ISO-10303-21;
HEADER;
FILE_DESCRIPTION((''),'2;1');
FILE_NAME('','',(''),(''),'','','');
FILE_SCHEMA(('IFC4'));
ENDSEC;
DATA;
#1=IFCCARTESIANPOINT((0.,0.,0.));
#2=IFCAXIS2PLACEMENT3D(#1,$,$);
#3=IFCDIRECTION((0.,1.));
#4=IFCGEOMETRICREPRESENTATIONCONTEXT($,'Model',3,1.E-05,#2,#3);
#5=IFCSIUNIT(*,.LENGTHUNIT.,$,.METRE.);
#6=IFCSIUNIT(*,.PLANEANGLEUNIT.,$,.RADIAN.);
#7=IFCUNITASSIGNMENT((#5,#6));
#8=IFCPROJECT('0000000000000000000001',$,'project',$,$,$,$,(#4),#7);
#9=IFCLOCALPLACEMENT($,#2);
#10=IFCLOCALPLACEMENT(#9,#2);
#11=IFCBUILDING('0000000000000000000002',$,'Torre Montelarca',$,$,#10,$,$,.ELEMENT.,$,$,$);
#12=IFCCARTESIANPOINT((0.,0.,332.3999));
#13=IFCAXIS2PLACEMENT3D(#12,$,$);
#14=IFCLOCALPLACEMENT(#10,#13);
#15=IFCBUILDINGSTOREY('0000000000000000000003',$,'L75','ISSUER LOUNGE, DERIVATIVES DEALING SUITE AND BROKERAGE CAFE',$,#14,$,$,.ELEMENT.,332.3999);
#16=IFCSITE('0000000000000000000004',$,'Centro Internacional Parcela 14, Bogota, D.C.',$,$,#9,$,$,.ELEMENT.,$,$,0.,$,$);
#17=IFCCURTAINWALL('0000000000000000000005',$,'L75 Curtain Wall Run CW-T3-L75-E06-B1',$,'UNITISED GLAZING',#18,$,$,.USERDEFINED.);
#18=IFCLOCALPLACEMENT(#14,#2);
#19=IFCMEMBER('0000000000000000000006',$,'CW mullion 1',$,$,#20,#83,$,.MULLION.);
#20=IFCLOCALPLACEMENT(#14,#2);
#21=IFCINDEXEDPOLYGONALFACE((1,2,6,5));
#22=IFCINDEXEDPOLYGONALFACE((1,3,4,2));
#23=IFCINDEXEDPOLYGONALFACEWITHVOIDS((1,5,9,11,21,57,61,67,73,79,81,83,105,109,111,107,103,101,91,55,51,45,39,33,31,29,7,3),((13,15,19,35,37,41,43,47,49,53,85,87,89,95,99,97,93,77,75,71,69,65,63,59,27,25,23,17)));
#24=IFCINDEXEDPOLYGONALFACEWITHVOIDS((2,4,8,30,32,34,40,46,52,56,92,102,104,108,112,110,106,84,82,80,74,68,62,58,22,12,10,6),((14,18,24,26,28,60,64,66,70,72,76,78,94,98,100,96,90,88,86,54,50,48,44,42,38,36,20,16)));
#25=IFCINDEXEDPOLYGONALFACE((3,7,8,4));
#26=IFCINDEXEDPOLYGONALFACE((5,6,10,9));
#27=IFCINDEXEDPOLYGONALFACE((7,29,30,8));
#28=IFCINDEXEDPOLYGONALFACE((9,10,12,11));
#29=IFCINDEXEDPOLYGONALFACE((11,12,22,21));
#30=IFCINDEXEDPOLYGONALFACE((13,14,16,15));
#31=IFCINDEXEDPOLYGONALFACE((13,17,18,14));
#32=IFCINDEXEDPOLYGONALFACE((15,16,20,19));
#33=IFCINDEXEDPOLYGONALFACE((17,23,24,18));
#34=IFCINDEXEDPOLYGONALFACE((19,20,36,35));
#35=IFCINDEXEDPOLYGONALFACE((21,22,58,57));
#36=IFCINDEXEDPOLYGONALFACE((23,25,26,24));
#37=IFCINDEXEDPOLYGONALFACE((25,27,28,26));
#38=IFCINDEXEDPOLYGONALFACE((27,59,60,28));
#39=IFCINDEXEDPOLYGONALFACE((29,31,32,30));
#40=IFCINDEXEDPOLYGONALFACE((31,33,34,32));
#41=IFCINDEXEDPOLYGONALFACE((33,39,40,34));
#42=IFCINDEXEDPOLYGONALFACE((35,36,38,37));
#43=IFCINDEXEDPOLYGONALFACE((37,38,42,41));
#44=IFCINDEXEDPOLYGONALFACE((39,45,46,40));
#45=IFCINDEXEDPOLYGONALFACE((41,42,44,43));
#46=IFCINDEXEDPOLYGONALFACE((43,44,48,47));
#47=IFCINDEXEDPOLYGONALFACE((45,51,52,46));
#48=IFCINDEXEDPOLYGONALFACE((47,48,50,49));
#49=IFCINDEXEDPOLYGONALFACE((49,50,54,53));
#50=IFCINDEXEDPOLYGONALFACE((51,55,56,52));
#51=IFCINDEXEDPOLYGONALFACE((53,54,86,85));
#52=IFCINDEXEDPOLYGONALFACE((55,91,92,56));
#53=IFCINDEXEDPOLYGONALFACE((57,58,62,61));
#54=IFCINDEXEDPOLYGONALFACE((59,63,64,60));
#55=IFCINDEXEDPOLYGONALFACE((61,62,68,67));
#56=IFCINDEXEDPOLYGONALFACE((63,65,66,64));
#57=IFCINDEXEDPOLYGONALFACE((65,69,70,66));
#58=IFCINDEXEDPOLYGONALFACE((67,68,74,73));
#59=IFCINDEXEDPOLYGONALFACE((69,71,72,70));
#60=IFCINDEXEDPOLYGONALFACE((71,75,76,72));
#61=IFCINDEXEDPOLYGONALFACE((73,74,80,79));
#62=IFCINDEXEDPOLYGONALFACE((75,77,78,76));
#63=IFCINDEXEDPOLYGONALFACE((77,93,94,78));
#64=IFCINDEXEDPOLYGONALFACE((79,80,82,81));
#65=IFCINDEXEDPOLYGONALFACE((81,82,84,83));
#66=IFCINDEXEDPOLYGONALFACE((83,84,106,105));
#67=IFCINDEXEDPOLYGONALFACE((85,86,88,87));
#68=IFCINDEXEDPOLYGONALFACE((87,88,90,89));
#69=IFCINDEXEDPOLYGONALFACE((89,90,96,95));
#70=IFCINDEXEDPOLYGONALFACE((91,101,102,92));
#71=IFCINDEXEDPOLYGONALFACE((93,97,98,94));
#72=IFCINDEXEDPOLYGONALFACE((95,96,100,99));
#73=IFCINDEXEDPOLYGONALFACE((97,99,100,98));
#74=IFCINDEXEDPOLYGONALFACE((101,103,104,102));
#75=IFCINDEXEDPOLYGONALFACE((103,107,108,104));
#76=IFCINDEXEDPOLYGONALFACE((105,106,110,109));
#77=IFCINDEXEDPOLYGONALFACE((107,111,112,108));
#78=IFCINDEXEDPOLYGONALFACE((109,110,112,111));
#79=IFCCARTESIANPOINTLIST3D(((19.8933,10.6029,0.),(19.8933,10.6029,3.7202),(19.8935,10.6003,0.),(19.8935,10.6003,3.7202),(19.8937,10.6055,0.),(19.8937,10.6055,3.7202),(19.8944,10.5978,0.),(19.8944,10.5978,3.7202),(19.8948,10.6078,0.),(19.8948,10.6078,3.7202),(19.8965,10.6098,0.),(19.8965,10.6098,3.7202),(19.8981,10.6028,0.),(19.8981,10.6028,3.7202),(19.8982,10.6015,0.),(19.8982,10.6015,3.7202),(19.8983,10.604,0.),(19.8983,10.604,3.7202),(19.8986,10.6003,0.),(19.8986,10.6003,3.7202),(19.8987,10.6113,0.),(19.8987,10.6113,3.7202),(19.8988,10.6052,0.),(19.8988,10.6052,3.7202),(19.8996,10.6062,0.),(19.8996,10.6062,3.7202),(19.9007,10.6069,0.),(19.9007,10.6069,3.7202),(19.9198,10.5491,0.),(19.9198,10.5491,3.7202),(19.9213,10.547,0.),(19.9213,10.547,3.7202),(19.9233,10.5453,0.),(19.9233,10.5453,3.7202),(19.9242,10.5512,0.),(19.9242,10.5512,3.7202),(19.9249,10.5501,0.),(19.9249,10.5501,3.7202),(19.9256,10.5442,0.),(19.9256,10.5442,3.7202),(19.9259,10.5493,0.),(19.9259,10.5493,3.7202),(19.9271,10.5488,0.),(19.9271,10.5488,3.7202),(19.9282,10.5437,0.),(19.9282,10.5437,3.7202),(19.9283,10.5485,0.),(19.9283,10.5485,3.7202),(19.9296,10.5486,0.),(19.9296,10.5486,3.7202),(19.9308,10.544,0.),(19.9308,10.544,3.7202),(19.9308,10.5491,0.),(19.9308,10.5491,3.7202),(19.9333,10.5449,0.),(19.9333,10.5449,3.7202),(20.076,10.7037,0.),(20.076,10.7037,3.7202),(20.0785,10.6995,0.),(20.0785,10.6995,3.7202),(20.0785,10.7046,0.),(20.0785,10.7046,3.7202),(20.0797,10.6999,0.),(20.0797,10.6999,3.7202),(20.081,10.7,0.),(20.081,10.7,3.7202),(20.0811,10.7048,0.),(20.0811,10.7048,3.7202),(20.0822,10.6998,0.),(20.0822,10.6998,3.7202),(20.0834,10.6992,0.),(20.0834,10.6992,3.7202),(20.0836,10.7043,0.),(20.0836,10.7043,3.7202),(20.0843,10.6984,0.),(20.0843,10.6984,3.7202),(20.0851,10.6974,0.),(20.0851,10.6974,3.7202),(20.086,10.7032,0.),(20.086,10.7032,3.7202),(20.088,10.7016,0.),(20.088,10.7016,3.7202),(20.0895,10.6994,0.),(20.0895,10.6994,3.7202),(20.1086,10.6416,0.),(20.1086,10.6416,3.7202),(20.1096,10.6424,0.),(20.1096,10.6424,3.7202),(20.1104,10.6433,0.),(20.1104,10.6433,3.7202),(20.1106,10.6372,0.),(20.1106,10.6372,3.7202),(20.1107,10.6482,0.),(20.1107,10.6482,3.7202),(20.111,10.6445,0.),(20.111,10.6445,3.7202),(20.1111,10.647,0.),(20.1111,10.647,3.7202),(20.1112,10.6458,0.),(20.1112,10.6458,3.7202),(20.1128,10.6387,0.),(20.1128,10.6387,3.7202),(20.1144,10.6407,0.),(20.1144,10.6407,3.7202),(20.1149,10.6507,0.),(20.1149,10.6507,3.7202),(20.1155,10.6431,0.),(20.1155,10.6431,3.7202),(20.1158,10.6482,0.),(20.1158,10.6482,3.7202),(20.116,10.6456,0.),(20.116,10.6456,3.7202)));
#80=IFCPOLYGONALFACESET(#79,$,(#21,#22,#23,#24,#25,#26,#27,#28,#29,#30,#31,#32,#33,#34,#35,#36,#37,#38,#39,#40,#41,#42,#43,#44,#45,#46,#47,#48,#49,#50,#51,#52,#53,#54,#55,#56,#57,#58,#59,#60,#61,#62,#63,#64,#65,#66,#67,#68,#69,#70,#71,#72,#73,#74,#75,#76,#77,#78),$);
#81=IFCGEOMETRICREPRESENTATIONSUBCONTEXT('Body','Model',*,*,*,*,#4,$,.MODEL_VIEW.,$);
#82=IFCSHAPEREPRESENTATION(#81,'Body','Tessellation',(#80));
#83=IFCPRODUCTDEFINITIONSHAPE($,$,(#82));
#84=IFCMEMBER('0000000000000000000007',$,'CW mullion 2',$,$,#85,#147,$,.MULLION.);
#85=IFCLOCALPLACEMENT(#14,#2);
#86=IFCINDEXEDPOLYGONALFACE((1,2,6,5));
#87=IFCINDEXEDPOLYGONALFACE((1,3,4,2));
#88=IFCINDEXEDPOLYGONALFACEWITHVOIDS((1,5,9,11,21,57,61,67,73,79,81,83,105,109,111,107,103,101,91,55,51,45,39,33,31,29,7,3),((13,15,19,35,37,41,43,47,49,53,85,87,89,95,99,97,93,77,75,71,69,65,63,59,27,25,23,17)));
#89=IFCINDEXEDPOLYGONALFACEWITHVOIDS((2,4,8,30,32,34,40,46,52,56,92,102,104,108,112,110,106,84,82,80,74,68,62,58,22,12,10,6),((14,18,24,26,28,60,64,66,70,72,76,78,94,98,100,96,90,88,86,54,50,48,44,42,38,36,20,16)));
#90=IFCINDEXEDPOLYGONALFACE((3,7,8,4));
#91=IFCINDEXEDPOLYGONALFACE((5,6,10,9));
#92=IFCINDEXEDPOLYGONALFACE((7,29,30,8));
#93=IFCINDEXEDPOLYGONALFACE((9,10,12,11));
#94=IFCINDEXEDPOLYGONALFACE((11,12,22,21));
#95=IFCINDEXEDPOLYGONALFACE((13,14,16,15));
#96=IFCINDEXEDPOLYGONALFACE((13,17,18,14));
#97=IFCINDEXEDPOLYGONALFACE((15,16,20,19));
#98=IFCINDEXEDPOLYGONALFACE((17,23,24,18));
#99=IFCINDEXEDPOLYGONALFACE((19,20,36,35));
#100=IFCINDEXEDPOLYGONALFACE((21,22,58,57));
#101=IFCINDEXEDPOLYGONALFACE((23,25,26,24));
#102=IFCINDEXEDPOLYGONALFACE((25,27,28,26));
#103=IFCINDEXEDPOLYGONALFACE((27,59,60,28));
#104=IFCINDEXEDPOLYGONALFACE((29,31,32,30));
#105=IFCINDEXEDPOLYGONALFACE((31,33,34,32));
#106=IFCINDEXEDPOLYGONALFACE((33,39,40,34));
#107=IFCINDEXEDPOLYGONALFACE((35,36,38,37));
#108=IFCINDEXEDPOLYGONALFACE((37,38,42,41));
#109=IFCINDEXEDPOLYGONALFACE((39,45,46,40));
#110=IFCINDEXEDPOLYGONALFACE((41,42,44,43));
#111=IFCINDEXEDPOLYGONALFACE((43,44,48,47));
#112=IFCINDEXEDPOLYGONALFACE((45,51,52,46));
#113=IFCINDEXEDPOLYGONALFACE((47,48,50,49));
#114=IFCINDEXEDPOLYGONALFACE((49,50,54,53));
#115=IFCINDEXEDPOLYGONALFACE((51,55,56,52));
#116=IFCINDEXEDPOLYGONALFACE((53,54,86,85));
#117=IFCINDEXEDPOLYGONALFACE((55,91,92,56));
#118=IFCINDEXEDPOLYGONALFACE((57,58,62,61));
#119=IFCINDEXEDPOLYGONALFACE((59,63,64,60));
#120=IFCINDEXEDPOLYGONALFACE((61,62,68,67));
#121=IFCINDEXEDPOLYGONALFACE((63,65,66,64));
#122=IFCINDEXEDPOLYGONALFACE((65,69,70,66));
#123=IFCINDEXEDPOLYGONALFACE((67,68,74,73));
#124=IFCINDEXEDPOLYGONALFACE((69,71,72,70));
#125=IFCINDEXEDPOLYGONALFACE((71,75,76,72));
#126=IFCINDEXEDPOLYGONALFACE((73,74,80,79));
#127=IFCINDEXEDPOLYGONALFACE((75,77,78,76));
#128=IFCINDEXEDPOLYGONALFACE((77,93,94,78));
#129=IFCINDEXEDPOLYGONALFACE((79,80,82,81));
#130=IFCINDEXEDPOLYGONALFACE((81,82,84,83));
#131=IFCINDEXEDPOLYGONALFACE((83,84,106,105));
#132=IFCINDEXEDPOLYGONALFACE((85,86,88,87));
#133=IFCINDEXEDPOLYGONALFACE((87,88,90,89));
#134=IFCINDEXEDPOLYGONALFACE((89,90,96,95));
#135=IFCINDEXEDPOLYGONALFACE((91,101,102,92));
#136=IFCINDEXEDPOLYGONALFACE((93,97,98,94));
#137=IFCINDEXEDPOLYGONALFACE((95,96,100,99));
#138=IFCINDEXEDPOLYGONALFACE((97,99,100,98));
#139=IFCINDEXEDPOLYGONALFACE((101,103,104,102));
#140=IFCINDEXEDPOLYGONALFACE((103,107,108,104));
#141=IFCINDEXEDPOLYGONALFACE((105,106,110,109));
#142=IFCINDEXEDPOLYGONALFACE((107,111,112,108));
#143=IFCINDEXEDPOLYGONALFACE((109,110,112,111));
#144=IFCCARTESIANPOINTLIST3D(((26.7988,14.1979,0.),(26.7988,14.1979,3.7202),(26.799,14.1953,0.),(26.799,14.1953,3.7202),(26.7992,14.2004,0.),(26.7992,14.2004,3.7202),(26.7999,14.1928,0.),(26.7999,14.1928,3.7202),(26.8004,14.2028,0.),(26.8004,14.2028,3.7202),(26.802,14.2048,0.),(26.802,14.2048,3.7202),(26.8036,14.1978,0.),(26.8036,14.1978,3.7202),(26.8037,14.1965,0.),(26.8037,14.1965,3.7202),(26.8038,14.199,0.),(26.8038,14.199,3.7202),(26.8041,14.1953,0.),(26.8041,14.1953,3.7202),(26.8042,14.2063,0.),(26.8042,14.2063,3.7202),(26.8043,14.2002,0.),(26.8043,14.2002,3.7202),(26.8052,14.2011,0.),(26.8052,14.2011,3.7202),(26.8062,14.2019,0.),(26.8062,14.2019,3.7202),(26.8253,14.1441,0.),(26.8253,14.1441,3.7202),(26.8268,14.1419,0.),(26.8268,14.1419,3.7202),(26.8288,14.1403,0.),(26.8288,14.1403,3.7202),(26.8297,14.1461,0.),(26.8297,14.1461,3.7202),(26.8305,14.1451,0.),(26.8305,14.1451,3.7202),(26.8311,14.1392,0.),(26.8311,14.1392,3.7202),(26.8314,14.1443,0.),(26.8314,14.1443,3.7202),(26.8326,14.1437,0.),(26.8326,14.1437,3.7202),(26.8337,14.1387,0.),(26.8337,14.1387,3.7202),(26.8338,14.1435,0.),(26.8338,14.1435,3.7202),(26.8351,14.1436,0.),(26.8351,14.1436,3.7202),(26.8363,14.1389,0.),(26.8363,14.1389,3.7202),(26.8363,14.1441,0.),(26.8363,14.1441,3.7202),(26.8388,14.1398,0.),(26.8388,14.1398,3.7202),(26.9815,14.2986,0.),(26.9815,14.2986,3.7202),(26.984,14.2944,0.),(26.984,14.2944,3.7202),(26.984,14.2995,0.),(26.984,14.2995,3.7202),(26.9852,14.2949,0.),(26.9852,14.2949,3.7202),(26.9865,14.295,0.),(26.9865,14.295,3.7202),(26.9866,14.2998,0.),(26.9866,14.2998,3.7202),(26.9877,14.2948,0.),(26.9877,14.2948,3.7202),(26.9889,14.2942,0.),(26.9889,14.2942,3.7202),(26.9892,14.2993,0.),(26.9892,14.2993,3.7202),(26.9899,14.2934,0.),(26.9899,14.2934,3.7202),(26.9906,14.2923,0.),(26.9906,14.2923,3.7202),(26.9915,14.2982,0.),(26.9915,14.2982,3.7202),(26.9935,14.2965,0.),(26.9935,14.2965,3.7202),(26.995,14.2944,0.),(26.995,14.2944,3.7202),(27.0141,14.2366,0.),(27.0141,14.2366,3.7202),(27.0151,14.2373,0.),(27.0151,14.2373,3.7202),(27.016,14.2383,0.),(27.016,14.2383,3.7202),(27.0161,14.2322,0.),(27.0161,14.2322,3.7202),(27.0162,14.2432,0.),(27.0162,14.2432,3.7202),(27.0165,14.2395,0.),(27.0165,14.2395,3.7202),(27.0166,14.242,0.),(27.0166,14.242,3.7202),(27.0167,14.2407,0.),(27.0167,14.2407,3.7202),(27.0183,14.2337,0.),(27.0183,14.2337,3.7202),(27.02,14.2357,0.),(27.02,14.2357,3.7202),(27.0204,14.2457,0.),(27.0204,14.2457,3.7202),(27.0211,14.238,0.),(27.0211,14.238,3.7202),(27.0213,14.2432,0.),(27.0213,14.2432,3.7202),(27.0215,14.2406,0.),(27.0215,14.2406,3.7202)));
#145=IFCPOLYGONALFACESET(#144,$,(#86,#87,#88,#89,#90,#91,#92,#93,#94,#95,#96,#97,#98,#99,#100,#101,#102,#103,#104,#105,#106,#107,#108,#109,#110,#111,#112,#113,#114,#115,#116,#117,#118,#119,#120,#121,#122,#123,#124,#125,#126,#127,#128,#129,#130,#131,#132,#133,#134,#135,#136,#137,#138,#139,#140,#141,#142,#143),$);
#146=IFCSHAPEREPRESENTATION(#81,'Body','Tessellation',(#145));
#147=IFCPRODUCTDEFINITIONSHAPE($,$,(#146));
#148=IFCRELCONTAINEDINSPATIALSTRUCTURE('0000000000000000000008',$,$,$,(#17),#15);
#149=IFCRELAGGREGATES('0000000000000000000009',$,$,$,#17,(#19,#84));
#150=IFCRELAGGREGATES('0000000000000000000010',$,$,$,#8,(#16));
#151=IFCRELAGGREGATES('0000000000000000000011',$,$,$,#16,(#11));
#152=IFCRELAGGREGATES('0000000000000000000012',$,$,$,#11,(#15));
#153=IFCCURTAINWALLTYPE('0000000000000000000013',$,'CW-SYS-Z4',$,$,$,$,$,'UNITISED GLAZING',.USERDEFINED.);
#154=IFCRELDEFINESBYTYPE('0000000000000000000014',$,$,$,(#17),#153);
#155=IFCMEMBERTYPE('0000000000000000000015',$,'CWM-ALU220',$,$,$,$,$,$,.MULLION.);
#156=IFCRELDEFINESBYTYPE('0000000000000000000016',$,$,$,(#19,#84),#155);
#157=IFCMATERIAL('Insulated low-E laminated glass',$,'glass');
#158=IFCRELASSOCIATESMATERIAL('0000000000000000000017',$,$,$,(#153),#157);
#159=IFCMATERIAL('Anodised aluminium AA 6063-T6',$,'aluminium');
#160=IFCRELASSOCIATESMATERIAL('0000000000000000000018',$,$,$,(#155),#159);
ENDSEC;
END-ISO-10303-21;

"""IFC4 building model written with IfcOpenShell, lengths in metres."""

from ifc_helpers import new_model, si_unit, direction, frame, origin, origin_2d, place, context, subcontext, project, spatial, hollow_rectangle, extrude, source, transform, mapped, material, material_profile, profile_set, type_object, element, aggregate, save


model = new_model("IFC4")

# Units and contexts
model_context = context("Model", 3, precision=1e-05, world=origin(), true_north=direction((0.0, 1.0)))
body_context = subcontext(model_context, "Body", "Model", "MODEL_VIEW")
ifc_project = project(units=[si_unit("LENGTHUNIT", "METRE"), si_unit("PLANEANGLEUNIT", "RADIAN")], contexts=[model_context])

# Site, building, storey
site_placement = place(None, origin())
site = spatial("IfcSite", under=ifc_project, at=site_placement, Name="Centro Internacional Parcela 14, Bogota, D.C.", CompositionType="ELEMENT", RefElevation=0.0)
building_placement = place(site_placement, origin())
building = spatial("IfcBuilding", under=site, at=building_placement, Name="Torre Montelarca", CompositionType="ELEMENT")
storey_placement = place(building_placement, frame((0.0, 0.0, 332.3999)))
storey = spatial("IfcBuildingStorey", under=building, at=storey_placement, Name="L75", Description="ISSUER LOUNGE, DERIVATIVES DEALING SUITE AND BROKERAGE CAFE", CompositionType="ELEMENT", Elevation=332.3999)

# Curtain wall, members
ifc_material_1 = material(Name="Insulated low-E laminated glass", Category="glass")
curtain_wall_type = type_object("IfcCurtainWallType", Name="CW-SYS-Z4", ElementType="UNITISED GLAZING", PredefinedType="USERDEFINED", material=ifc_material_1)
curtain_wall_placement = place(storey_placement, origin())
curtain_wall = element("IfcCurtainWall", 1, at=curtain_wall_placement, inside=storey, type_object=curtain_wall_type, Name="L75 Curtain Wall Run CW-T3-L75-E06-B1", ObjectType="UNITISED GLAZING", PredefinedType="USERDEFINED")
ifc_material_2 = material(Name="Anodised aluminium AA 6063-T6", Category="aluminium")
ifc_material_profile_1 = material_profile(ifc_material_2, hollow_rectangle(XDim=0.075, YDim=0.22, WallThickness=0.0049, InnerFilletRadius=0.0049, OuterFilletRadius=0.01, at=origin_2d()), Name="ALU75X220X5", Category="aluminium")
ifc_profile_set_1 = profile_set([ifc_material_profile_1], Name="Anodised aluminium AA 6063-T6")
member_type_1 = type_object("IfcMemberType", Name="CWM-ALU220", PredefinedType="MULLION", material=ifc_profile_set_1)
shared_shape_1 = source(origin(), body_context, "Body", "SweptSolid", [
    extrude(hollow_rectangle(XDim=0.075, YDim=0.22, WallThickness=0.0049, InnerFilletRadius=0.0049, OuterFilletRadius=0.01, at=origin_2d()), origin(), (0.0, 0.0, 1.0), 3.7202),
])
member_1_placement = place(storey_placement, frame((20.0046, 10.6243, 0.0), z_axis=(0.0, 0.0, 1.0), x_axis=(-0.461746, 0.887012, 0.0)))
member_1 = element("IfcMember", 2, at=member_1_placement, type_object=member_type_1, Name="CW mullion 1", PredefinedType="MULLION", context=body_context, shape_type="MappedRepresentation", body=[
    mapped(shared_shape_1, transform((0.0, 0.0, 0.0), scale=1.0)),
])
member_2_placement = place(storey_placement, frame((26.9102, 14.2192, 0.0), z_axis=(0.0, 0.0, 1.0), x_axis=(-0.461746, 0.887012, 0.0)))
member_2 = element("IfcMember", 3, at=member_2_placement, type_object=member_type_1, Name="CW mullion 2", PredefinedType="MULLION", context=body_context, shape_type="MappedRepresentation", body=[
    mapped(shared_shape_1, transform((0.0, 0.0, 0.0), scale=1.0)),
])
aggregate(curtain_wall, [member_1, member_2])

save(model, "model.ifc")
